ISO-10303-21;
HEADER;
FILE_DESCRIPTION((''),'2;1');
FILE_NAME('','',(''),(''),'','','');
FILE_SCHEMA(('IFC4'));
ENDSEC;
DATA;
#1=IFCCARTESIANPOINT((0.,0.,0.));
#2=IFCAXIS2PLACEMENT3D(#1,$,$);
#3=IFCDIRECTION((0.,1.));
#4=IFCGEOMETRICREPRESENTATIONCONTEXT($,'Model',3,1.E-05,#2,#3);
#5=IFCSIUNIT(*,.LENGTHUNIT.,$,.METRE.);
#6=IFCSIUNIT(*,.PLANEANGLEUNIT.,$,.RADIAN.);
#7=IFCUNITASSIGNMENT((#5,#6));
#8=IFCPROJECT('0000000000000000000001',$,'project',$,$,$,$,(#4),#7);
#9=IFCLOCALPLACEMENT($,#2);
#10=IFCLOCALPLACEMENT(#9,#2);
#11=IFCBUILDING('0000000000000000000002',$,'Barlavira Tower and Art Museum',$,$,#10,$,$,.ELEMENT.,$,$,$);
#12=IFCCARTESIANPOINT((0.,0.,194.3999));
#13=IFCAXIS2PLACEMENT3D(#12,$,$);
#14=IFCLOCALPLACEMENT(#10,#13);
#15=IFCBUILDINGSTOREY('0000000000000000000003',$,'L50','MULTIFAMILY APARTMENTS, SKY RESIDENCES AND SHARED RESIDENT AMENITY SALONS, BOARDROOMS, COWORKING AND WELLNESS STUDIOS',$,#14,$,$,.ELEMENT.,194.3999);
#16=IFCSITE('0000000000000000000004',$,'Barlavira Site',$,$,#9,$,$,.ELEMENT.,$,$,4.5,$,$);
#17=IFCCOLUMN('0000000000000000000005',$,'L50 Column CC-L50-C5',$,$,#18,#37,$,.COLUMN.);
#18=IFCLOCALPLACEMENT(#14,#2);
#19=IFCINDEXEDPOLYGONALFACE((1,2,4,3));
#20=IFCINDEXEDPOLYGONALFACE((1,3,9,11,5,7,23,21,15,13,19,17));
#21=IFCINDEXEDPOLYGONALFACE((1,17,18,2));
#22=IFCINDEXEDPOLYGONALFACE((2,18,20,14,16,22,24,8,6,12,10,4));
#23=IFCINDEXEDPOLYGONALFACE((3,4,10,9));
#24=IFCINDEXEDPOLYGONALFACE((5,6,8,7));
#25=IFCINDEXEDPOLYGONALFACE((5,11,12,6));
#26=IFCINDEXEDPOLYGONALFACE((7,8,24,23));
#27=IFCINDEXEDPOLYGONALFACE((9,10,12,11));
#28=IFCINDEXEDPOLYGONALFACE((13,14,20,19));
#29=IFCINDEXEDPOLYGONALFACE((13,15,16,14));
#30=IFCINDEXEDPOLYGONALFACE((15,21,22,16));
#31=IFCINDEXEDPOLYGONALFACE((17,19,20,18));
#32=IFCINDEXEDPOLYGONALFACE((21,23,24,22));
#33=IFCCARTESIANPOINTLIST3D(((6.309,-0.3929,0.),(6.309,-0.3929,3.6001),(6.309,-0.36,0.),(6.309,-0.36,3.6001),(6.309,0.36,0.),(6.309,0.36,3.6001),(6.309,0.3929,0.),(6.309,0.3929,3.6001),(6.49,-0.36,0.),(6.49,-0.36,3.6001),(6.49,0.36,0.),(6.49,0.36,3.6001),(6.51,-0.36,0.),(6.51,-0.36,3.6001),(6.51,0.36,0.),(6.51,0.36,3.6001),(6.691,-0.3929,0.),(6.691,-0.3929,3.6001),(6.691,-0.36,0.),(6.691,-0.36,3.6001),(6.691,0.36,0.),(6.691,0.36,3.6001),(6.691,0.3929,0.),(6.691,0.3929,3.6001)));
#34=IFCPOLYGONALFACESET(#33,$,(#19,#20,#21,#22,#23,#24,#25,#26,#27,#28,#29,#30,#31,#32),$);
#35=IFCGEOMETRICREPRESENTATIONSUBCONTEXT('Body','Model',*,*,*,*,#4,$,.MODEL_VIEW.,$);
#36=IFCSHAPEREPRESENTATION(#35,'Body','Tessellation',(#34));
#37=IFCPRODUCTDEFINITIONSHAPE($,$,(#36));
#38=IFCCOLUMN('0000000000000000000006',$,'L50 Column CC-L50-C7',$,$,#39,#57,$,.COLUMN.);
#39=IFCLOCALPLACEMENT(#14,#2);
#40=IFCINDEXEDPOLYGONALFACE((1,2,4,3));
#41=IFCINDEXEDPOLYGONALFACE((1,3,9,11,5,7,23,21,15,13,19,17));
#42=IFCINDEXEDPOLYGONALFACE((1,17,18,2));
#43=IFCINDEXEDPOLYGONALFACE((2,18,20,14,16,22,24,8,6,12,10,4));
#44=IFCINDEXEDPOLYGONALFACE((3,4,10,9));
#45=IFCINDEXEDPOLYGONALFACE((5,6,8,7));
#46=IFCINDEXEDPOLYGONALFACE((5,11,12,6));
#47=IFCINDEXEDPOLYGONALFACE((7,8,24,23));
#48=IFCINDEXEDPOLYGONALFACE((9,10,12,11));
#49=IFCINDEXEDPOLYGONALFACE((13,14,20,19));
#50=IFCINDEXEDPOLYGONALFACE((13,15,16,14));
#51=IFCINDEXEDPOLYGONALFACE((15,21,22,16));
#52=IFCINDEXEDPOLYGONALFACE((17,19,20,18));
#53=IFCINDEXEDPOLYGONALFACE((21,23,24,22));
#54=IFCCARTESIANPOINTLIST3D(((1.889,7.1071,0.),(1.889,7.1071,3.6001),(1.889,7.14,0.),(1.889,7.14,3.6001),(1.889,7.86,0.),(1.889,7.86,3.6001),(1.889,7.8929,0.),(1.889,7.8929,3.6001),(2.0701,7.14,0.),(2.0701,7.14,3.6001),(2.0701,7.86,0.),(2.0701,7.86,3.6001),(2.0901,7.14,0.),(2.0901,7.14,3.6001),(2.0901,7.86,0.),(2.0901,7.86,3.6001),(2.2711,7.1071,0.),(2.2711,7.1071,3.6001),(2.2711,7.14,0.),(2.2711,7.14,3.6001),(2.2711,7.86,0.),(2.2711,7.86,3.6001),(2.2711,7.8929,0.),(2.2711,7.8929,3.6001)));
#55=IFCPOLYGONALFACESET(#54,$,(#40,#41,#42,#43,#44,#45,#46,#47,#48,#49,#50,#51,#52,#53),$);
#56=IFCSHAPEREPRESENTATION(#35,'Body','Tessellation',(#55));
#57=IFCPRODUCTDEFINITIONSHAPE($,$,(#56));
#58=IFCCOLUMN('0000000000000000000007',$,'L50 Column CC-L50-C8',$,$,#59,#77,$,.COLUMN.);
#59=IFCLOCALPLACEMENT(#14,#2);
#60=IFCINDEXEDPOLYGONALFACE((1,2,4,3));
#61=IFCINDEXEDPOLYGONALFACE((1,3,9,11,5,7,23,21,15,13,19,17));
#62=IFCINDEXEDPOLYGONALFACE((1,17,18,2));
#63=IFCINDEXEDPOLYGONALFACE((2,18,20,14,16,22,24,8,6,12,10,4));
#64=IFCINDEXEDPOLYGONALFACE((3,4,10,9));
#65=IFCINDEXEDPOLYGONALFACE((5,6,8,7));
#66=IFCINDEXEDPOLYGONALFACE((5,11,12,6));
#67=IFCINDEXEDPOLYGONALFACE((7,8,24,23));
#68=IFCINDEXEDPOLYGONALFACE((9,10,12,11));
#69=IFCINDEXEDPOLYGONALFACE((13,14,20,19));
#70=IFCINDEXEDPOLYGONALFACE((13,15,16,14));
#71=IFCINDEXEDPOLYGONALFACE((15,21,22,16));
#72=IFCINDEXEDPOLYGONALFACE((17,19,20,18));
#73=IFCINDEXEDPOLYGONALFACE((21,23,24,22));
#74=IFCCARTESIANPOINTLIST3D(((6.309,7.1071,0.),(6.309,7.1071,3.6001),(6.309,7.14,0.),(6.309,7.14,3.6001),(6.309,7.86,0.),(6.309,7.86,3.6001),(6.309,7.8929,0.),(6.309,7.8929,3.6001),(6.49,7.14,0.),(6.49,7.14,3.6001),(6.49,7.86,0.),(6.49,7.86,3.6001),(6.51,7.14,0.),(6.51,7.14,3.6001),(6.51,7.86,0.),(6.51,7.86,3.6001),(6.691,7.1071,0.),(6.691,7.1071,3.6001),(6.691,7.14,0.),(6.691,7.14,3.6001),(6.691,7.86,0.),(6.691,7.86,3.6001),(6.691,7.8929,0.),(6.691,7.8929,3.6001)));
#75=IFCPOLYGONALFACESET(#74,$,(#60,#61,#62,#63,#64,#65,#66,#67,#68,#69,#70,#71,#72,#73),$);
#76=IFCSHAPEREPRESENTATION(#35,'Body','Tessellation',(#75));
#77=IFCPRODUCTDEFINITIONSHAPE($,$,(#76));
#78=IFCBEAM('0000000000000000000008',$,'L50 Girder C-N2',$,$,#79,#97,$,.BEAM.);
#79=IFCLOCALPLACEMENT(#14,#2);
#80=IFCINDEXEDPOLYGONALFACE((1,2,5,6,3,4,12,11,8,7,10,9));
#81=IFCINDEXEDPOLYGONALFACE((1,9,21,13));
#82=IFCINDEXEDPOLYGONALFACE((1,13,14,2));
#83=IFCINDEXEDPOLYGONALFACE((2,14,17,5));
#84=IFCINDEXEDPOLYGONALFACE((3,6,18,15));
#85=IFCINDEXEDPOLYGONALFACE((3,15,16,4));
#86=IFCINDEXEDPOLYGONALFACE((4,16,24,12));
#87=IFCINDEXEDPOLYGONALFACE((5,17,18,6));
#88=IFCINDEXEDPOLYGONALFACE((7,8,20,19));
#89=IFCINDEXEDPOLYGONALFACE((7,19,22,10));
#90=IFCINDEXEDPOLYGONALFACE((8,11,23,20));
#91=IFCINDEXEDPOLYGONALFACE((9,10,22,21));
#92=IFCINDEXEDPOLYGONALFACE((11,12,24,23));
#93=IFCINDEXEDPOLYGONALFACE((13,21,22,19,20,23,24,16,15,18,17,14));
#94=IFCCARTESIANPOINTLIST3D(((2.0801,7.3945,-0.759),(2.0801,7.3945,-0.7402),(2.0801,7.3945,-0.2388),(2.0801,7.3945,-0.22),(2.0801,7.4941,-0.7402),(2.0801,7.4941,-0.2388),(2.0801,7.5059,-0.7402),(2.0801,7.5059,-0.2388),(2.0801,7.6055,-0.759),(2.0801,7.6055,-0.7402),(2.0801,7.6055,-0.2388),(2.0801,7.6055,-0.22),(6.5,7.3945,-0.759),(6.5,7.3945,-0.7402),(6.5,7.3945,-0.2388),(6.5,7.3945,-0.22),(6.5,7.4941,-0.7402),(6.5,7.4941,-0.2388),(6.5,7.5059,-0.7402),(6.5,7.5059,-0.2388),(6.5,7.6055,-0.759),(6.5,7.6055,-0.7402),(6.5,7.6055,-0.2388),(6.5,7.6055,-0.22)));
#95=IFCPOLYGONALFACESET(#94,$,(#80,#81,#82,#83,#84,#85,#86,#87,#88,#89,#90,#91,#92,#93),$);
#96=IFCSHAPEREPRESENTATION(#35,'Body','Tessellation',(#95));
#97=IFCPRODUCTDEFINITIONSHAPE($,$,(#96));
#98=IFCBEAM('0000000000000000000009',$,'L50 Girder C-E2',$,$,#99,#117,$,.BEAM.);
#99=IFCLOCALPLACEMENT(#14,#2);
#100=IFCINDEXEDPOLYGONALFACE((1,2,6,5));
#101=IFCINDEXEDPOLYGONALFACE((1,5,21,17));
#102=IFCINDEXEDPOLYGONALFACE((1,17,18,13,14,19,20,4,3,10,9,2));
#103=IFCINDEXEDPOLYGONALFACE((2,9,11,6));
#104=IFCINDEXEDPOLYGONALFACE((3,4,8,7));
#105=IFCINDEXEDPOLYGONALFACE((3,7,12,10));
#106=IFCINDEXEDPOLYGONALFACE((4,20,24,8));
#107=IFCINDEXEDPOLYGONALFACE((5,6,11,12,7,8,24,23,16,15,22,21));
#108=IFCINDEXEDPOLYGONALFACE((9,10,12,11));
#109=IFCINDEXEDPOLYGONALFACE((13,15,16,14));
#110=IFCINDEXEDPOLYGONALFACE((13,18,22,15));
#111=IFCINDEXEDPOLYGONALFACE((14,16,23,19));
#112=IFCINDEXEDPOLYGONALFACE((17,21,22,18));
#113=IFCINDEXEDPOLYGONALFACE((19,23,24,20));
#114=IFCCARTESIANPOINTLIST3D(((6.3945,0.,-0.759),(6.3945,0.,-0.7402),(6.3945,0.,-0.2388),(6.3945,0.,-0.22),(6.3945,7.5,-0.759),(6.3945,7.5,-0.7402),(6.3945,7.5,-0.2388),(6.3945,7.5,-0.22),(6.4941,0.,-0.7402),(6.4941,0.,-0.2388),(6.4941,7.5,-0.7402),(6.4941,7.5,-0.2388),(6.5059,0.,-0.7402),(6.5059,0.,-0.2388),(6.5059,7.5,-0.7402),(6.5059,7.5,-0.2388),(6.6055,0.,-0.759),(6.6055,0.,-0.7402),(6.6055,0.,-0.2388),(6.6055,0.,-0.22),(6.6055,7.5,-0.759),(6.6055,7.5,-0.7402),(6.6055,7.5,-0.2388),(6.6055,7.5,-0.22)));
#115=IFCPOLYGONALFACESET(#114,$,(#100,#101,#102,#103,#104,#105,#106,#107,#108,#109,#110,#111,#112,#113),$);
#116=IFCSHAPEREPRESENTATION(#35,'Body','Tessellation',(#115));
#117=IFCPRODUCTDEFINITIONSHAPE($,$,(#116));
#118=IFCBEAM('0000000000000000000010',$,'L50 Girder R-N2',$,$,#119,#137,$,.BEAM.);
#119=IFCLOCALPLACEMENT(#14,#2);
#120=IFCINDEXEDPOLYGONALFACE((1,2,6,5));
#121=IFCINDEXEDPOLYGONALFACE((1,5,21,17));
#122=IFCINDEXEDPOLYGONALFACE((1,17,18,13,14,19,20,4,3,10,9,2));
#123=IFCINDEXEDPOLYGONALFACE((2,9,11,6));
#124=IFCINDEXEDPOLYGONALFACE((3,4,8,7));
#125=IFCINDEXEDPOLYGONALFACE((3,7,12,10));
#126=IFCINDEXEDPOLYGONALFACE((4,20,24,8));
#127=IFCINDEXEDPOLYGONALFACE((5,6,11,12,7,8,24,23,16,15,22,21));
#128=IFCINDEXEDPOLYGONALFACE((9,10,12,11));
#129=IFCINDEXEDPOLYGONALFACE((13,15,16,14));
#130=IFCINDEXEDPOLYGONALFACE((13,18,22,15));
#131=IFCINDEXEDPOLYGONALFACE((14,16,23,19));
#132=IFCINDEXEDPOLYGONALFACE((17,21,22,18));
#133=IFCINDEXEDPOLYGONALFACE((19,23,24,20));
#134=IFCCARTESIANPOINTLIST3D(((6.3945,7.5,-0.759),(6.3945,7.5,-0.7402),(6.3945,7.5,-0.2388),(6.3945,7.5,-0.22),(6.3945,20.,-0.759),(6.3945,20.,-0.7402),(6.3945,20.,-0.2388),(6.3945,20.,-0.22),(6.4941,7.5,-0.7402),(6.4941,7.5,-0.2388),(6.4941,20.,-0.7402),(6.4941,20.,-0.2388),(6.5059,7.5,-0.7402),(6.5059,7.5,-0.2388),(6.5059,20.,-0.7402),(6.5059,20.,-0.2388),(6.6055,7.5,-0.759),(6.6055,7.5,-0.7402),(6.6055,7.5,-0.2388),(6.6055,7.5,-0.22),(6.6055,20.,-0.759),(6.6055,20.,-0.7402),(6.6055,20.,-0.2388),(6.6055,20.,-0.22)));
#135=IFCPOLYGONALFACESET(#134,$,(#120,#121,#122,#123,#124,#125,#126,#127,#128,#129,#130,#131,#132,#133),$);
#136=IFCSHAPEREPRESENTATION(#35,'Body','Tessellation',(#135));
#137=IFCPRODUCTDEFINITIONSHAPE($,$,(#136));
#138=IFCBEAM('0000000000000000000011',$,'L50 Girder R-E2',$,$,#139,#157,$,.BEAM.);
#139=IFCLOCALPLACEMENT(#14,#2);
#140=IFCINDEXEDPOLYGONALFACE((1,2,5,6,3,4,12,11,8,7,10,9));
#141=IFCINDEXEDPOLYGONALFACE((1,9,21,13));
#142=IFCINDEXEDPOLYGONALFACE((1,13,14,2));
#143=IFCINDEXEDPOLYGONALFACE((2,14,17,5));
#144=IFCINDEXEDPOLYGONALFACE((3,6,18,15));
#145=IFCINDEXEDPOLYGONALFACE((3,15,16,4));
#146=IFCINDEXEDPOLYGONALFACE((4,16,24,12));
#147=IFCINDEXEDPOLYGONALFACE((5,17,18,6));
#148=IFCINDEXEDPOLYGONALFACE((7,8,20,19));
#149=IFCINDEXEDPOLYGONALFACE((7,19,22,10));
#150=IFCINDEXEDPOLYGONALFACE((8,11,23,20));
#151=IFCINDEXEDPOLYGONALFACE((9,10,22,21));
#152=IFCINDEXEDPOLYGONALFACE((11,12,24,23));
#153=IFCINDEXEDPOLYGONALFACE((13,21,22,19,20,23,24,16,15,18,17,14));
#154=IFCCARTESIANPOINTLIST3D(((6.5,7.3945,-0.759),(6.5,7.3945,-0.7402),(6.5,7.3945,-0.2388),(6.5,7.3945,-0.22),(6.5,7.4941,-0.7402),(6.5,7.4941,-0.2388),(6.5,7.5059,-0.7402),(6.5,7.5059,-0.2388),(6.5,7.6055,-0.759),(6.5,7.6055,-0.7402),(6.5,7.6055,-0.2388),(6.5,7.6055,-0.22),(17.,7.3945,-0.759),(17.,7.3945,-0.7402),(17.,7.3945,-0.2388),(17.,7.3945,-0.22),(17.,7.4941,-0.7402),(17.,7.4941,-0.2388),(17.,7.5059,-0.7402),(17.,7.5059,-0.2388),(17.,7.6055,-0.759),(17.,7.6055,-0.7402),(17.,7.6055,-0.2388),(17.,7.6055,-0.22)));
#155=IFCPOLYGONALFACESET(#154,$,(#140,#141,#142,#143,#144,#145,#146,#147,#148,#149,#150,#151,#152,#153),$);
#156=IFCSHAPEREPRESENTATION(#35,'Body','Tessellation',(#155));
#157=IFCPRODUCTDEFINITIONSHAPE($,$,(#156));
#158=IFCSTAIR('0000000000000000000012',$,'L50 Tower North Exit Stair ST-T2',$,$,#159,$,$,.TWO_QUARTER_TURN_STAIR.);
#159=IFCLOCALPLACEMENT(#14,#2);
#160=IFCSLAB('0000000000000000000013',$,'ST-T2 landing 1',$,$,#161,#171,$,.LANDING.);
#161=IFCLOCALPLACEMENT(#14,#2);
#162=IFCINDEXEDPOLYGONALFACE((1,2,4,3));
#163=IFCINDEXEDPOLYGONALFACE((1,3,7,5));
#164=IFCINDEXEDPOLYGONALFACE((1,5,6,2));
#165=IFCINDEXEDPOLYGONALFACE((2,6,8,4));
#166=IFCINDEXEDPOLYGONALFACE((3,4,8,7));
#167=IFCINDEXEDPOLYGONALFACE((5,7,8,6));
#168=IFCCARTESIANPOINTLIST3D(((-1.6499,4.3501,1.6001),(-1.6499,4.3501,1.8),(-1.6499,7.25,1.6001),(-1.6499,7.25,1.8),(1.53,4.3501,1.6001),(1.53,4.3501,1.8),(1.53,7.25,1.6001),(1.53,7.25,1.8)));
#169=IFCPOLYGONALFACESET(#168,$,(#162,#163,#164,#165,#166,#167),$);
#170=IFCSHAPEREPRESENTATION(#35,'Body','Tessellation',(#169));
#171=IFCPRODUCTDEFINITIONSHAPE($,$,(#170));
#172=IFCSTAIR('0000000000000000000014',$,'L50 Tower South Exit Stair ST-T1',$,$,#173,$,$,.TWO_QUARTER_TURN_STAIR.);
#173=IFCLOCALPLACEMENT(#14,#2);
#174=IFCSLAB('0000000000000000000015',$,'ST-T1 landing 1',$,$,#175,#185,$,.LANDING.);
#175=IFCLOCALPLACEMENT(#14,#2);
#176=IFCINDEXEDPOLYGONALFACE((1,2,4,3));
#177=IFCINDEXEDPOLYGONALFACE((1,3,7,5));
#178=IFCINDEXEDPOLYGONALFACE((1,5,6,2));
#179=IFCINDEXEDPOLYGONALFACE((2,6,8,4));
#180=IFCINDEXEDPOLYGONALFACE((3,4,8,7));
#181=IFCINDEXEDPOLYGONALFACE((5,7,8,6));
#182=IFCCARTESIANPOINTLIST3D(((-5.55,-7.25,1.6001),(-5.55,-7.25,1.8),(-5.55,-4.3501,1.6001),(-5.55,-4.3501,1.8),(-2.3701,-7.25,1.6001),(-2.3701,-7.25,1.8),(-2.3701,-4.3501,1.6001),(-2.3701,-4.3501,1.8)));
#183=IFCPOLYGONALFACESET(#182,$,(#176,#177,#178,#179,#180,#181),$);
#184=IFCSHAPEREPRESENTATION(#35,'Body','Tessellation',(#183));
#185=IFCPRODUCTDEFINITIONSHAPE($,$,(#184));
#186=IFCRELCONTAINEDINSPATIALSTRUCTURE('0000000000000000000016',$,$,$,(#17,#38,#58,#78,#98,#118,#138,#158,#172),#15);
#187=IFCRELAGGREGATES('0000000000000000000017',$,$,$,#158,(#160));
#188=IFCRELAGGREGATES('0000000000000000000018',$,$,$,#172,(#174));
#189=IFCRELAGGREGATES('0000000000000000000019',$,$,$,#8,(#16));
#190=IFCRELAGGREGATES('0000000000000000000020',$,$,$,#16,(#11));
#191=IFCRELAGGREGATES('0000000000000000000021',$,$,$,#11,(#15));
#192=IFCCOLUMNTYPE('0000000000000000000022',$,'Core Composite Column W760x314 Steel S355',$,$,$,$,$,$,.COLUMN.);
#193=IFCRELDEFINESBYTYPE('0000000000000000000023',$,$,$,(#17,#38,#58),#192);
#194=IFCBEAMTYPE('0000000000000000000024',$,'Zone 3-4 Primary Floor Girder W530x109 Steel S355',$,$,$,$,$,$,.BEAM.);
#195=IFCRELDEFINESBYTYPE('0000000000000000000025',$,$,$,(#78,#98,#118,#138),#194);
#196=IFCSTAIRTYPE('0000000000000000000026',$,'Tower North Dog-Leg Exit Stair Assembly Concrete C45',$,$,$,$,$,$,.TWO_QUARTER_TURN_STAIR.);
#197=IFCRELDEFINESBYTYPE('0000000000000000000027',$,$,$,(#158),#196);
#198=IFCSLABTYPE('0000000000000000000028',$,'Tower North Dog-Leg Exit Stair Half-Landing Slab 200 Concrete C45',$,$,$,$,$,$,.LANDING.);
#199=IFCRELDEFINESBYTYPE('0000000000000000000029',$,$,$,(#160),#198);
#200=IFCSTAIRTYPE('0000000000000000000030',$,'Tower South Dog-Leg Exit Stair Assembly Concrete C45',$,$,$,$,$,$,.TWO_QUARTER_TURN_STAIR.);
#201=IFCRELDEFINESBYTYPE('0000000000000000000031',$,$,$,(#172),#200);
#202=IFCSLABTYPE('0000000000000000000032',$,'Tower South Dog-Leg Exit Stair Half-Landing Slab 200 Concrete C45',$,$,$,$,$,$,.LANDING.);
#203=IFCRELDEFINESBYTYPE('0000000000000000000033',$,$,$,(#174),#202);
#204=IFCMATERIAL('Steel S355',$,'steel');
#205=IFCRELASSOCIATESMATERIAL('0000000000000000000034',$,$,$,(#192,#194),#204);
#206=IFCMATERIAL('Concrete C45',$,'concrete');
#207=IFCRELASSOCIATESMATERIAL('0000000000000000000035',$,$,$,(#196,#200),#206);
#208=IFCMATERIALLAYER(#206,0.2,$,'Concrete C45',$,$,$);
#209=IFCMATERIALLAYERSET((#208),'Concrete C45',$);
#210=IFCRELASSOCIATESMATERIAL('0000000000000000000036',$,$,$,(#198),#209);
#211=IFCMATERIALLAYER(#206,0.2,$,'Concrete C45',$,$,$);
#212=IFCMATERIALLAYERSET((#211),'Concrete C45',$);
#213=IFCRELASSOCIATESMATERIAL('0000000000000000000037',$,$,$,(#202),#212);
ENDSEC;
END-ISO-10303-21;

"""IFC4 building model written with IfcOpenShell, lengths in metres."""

from ifc_helpers import new_model, si_unit, direction, frame, origin, origin_2d, place, context, subcontext, project, spatial, polyline, i_section, outline, extrude, material, layer, layer_set, material_profile, profile_set, type_object, element, aggregate, save


model = new_model("IFC4")

# Units and contexts
model_context = context("Model", 3, precision=1e-05, world=origin(), true_north=direction((0.0, 1.0)))
body_context = subcontext(model_context, "Body", "Model", "MODEL_VIEW")
ifc_project = project(units=[si_unit("LENGTHUNIT", "METRE"), si_unit("PLANEANGLEUNIT", "RADIAN")], contexts=[model_context])

# Site, building, storey
site_placement = place(None, origin())
site = spatial("IfcSite", under=ifc_project, at=site_placement, Name="Barlavira Site", CompositionType="ELEMENT", RefElevation=4.5)
building_placement = place(site_placement, origin())
building = spatial("IfcBuilding", under=site, at=building_placement, Name="Barlavira Tower and Art Museum", CompositionType="ELEMENT")
storey_placement = place(building_placement, frame((0.0, 0.0, 194.3999)))
storey = spatial("IfcBuildingStorey", under=building, at=storey_placement, Name="L50", Description="MULTIFAMILY APARTMENTS, SKY RESIDENCES AND SHARED RESIDENT AMENITY SALONS, BOARDROOMS, COWORKING AND WELLNESS STUDIOS", CompositionType="ELEMENT", Elevation=194.3999)

# Columns
ifc_material_1 = material(Name="Steel S355", Category="steel")
ifc_material_profile_1 = material_profile(ifc_material_1, i_section(OverallWidth=0.3821, OverallDepth=0.7859, WebThickness=0.02, FlangeThickness=0.033, at=origin_2d()), Name="W760x314.0")
ifc_profile_set_1 = profile_set([ifc_material_profile_1], Name="Steel S355")
column_type = type_object("IfcColumnType", Name="Core Composite Column W760x314 Steel S355", PredefinedType="COLUMN", material=ifc_profile_set_1)
for number, where, z_axis, x_axis, name in (
    (1, (6.5, 0.0, 0.0), (0.0, 0.0, 1.0), (1.0, 0.0, 0.0), "L50 Column CC-L50-C5"),
    (2, (2.0801, 7.5, 0.0), (0.0, 0.0, 1.0), (1.0, 0.0, 0.0), "L50 Column CC-L50-C7"),
    (3, (6.5, 7.5, 0.0), (0.0, 0.0, 1.0), (1.0, 0.0, 0.0), "L50 Column CC-L50-C8"),
):
    element("IfcColumn", number, at=place(storey_placement, frame(where, z_axis=z_axis, x_axis=x_axis)), inside=storey, type_object=column_type, Name=name, PredefinedType="COLUMN", context=body_context, shape_type="SweptSolid", body=[
        extrude(i_section(OverallWidth=0.3821, OverallDepth=0.7859, WebThickness=0.02, FlangeThickness=0.033, at=origin_2d()), origin(), (0.0, 0.0, 1.0), 3.6001),
    ])

# Beams
ifc_material_profile_2 = material_profile(ifc_material_1, i_section(OverallWidth=0.2109, OverallDepth=0.5391, WebThickness=0.0117, FlangeThickness=0.0188, at=origin_2d()), Name="W530x109.0")
ifc_profile_set_2 = profile_set([ifc_material_profile_2], Name="Steel S355")
beam_type = type_object("IfcBeamType", Name="Zone 3-4 Primary Floor Girder W530x109 Steel S355", PredefinedType="BEAM", material=ifc_profile_set_2)
beam_1_placement = place(storey_placement, frame((2.0801, 7.5, -0.4895), z_axis=(1.0, 0.0, 0.0), x_axis=(0.0, 1.0, 0.0)))
element("IfcBeam", 4, at=beam_1_placement, inside=storey, type_object=beam_type, Name="L50 Girder C-N2", PredefinedType="BEAM", context=body_context, shape_type="SweptSolid", body=[
    extrude(i_section(OverallWidth=0.2109, OverallDepth=0.5391, WebThickness=0.0117, FlangeThickness=0.0188, at=origin_2d()), origin(), (0.0, 0.0, 1.0), 4.4199),
])
beam_2_placement = place(storey_placement, frame((6.5, 0.0, -0.4895), z_axis=(0.0, 1.0, 0.0), x_axis=(-1.0, 0.0, 0.0)))
element("IfcBeam", 5, at=beam_2_placement, inside=storey, type_object=beam_type, Name="L50 Girder C-E2", PredefinedType="BEAM", context=body_context, shape_type="SweptSolid", body=[
    extrude(i_section(OverallWidth=0.2109, OverallDepth=0.5391, WebThickness=0.0117, FlangeThickness=0.0188, at=origin_2d()), origin(), (0.0, 0.0, 1.0), 7.5),
])
beam_3_placement = place(storey_placement, frame((6.5, 7.5, -0.4895), z_axis=(0.0, 1.0, 0.0), x_axis=(-1.0, 0.0, 0.0)))
element("IfcBeam", 6, at=beam_3_placement, inside=storey, type_object=beam_type, Name="L50 Girder R-N2", PredefinedType="BEAM", context=body_context, shape_type="SweptSolid", body=[
    extrude(i_section(OverallWidth=0.2109, OverallDepth=0.5391, WebThickness=0.0117, FlangeThickness=0.0188, at=origin_2d()), origin(), (0.0, 0.0, 1.0), 12.5),
])
beam_4_placement = place(storey_placement, frame((6.5, 7.5, -0.4895), z_axis=(1.0, 0.0, 0.0), x_axis=(0.0, 1.0, 0.0)))
element("IfcBeam", 7, at=beam_4_placement, inside=storey, type_object=beam_type, Name="L50 Girder R-E2", PredefinedType="BEAM", context=body_context, shape_type="SweptSolid", body=[
    extrude(i_section(OverallWidth=0.2109, OverallDepth=0.5391, WebThickness=0.0117, FlangeThickness=0.0188, at=origin_2d()), origin(), (0.0, 0.0, 1.0), 10.5),
])

# Stairs, slabs
ifc_material_2 = material(Name="Concrete C45", Category="concrete")
stair_type_1 = type_object("IfcStairType", Name="Tower North Dog-Leg Exit Stair Assembly Concrete C45", PredefinedType="TWO_QUARTER_TURN_STAIR", material=ifc_material_2)
stair_1_placement = place(storey_placement, origin())
stair_1 = element("IfcStair", 8, at=stair_1_placement, inside=storey, type_object=stair_type_1, Name="L50 Tower North Exit Stair ST-T2", PredefinedType="TWO_QUARTER_TURN_STAIR")
ifc_layer_1 = layer(ifc_material_2, 0.2, Name="Concrete C45")
ifc_layer_set_1 = layer_set([ifc_layer_1], Name="Concrete C45")
slab_type_1 = type_object("IfcSlabType", Name="Tower North Dog-Leg Exit Stair Half-Landing Slab 200 Concrete C45", PredefinedType="LANDING", material=ifc_layer_set_1)
slab_1_placement = place(storey_placement, frame((0.0, 0.0, 1.6001)))
slab_1 = element("IfcSlab", 9, at=slab_1_placement, type_object=slab_type_1, Name="ST-T2 landing 1", PredefinedType="LANDING", context=body_context, shape_type="SweptSolid", body=[
    extrude(outline(polyline([(-1.6499, 4.3501), (1.53, 4.3501), (1.53, 7.25), (-1.6499, 7.25), (-1.6499, 4.3501)])), origin(), (0.0, 0.0, 1.0), 0.2),
])
aggregate(stair_1, [slab_1])
stair_type_2 = type_object("IfcStairType", Name="Tower South Dog-Leg Exit Stair Assembly Concrete C45", PredefinedType="TWO_QUARTER_TURN_STAIR", material=ifc_material_2)
stair_2_placement = place(storey_placement, origin())
stair_2 = element("IfcStair", 10, at=stair_2_placement, inside=storey, type_object=stair_type_2, Name="L50 Tower South Exit Stair ST-T1", PredefinedType="TWO_QUARTER_TURN_STAIR")
ifc_layer_2 = layer(ifc_material_2, 0.2, Name="Concrete C45")
ifc_layer_set_2 = layer_set([ifc_layer_2], Name="Concrete C45")
slab_type_2 = type_object("IfcSlabType", Name="Tower South Dog-Leg Exit Stair Half-Landing Slab 200 Concrete C45", PredefinedType="LANDING", material=ifc_layer_set_2)
slab_2_placement = place(storey_placement, frame((0.0, 0.0, 1.6001)))
slab_2 = element("IfcSlab", 11, at=slab_2_placement, type_object=slab_type_2, Name="ST-T1 landing 1", PredefinedType="LANDING", context=body_context, shape_type="SweptSolid", body=[
    extrude(outline(polyline([(-2.3701, -4.3501), (-5.55, -4.3501), (-5.55, -7.25), (-2.3701, -7.25), (-2.3701, -4.3501)])), origin(), (0.0, 0.0, 1.0), 0.2),
])
aggregate(stair_2, [slab_2])

save(model, "model.ifc")
